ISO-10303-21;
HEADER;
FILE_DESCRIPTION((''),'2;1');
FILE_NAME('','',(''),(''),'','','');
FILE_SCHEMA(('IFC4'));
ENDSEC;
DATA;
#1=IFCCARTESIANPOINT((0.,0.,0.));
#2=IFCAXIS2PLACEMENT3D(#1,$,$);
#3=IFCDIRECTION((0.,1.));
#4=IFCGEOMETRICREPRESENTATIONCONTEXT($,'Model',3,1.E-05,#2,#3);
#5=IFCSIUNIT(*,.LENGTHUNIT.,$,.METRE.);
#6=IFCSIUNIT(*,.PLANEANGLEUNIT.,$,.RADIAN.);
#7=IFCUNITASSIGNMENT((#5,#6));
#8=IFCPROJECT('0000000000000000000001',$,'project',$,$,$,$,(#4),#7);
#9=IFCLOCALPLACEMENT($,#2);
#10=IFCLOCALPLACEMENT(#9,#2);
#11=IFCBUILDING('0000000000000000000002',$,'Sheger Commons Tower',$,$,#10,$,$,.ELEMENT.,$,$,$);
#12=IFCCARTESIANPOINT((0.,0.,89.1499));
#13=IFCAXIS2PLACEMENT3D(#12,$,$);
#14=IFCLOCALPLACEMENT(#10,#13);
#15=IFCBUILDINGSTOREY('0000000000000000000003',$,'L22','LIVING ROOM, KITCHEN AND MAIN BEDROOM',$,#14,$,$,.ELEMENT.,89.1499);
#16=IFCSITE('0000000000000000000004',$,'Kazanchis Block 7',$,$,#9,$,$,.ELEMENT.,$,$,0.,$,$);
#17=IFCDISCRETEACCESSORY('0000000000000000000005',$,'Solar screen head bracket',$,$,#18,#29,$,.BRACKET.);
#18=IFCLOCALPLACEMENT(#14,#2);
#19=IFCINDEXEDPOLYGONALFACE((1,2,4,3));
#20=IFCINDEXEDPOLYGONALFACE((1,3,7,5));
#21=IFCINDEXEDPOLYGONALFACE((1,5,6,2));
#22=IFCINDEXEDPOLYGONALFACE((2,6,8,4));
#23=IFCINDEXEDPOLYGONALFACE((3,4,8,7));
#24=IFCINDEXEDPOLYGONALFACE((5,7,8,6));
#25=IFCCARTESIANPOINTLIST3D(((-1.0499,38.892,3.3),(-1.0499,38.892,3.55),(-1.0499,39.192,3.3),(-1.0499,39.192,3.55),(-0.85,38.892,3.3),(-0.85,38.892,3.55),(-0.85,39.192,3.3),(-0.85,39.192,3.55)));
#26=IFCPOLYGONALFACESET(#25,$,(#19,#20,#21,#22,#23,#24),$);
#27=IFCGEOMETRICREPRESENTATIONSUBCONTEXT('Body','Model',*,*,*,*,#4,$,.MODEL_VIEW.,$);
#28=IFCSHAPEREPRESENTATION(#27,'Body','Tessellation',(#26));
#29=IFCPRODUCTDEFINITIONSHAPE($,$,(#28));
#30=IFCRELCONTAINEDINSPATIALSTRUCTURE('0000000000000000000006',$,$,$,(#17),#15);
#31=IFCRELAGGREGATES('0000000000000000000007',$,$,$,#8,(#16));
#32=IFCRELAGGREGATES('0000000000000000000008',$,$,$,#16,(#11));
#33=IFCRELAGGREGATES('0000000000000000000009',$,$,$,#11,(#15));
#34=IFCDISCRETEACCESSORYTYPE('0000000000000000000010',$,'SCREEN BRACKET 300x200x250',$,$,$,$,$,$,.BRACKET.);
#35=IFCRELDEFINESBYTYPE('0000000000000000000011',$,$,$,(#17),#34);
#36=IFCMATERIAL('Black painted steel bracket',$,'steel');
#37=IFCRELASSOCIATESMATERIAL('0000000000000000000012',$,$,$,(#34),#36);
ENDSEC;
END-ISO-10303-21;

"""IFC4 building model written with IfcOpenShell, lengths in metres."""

from ifc_helpers import new_model, si_unit, direction, frame, origin, origin_2d, place, context, subcontext, project, spatial, rectangle, extrude, material, type_object, element, save


model = new_model("IFC4")

# Units and contexts
model_context = context("Model", 3, precision=1e-05, world=origin(), true_north=direction((0.0, 1.0)))
body_context = subcontext(model_context, "Body", "Model", "MODEL_VIEW")
ifc_project = project(units=[si_unit("LENGTHUNIT", "METRE"), si_unit("PLANEANGLEUNIT", "RADIAN")], contexts=[model_context])

# Site, building, storey
site_placement = place(None, origin())
site = spatial("IfcSite", under=ifc_project, at=site_placement, Name="Kazanchis Block 7", CompositionType="ELEMENT", RefElevation=0.0)
building_placement = place(site_placement, origin())
building = spatial("IfcBuilding", under=site, at=building_placement, Name="Sheger Commons Tower", CompositionType="ELEMENT")
storey_placement = place(building_placement, frame((0.0, 0.0, 89.1499)))
storey = spatial("IfcBuildingStorey", under=building, at=storey_placement, Name="L22", Description="LIVING ROOM, KITCHEN AND MAIN BEDROOM", CompositionType="ELEMENT", Elevation=89.1499)

# Discrete accessory
ifc_material_1 = material(Name="Black painted steel bracket", Category="steel")
discrete_accessory_type = type_object("IfcDiscreteAccessoryType", Name="SCREEN BRACKET 300x200x250", PredefinedType="BRACKET", material=ifc_material_1)
for number, where, z_axis, x_axis, name in (
    (1, (-0.95, 39.042, 3.3), (0.0, 0.0, 1.0), (0.0, -1.0, 0.0), "Solar screen head bracket"),
):
    element("IfcDiscreteAccessory", number, at=place(storey_placement, frame(where, z_axis=z_axis, x_axis=x_axis)), inside=storey, type_object=discrete_accessory_type, Name=name, PredefinedType="BRACKET", context=body_context, shape_type="SweptSolid", body=[
        extrude(rectangle(XDim=0.3, YDim=0.2, at=origin_2d()), origin(), (0.0, 0.0, 1.0), 0.25),
    ])

save(model, "model.ifc")
